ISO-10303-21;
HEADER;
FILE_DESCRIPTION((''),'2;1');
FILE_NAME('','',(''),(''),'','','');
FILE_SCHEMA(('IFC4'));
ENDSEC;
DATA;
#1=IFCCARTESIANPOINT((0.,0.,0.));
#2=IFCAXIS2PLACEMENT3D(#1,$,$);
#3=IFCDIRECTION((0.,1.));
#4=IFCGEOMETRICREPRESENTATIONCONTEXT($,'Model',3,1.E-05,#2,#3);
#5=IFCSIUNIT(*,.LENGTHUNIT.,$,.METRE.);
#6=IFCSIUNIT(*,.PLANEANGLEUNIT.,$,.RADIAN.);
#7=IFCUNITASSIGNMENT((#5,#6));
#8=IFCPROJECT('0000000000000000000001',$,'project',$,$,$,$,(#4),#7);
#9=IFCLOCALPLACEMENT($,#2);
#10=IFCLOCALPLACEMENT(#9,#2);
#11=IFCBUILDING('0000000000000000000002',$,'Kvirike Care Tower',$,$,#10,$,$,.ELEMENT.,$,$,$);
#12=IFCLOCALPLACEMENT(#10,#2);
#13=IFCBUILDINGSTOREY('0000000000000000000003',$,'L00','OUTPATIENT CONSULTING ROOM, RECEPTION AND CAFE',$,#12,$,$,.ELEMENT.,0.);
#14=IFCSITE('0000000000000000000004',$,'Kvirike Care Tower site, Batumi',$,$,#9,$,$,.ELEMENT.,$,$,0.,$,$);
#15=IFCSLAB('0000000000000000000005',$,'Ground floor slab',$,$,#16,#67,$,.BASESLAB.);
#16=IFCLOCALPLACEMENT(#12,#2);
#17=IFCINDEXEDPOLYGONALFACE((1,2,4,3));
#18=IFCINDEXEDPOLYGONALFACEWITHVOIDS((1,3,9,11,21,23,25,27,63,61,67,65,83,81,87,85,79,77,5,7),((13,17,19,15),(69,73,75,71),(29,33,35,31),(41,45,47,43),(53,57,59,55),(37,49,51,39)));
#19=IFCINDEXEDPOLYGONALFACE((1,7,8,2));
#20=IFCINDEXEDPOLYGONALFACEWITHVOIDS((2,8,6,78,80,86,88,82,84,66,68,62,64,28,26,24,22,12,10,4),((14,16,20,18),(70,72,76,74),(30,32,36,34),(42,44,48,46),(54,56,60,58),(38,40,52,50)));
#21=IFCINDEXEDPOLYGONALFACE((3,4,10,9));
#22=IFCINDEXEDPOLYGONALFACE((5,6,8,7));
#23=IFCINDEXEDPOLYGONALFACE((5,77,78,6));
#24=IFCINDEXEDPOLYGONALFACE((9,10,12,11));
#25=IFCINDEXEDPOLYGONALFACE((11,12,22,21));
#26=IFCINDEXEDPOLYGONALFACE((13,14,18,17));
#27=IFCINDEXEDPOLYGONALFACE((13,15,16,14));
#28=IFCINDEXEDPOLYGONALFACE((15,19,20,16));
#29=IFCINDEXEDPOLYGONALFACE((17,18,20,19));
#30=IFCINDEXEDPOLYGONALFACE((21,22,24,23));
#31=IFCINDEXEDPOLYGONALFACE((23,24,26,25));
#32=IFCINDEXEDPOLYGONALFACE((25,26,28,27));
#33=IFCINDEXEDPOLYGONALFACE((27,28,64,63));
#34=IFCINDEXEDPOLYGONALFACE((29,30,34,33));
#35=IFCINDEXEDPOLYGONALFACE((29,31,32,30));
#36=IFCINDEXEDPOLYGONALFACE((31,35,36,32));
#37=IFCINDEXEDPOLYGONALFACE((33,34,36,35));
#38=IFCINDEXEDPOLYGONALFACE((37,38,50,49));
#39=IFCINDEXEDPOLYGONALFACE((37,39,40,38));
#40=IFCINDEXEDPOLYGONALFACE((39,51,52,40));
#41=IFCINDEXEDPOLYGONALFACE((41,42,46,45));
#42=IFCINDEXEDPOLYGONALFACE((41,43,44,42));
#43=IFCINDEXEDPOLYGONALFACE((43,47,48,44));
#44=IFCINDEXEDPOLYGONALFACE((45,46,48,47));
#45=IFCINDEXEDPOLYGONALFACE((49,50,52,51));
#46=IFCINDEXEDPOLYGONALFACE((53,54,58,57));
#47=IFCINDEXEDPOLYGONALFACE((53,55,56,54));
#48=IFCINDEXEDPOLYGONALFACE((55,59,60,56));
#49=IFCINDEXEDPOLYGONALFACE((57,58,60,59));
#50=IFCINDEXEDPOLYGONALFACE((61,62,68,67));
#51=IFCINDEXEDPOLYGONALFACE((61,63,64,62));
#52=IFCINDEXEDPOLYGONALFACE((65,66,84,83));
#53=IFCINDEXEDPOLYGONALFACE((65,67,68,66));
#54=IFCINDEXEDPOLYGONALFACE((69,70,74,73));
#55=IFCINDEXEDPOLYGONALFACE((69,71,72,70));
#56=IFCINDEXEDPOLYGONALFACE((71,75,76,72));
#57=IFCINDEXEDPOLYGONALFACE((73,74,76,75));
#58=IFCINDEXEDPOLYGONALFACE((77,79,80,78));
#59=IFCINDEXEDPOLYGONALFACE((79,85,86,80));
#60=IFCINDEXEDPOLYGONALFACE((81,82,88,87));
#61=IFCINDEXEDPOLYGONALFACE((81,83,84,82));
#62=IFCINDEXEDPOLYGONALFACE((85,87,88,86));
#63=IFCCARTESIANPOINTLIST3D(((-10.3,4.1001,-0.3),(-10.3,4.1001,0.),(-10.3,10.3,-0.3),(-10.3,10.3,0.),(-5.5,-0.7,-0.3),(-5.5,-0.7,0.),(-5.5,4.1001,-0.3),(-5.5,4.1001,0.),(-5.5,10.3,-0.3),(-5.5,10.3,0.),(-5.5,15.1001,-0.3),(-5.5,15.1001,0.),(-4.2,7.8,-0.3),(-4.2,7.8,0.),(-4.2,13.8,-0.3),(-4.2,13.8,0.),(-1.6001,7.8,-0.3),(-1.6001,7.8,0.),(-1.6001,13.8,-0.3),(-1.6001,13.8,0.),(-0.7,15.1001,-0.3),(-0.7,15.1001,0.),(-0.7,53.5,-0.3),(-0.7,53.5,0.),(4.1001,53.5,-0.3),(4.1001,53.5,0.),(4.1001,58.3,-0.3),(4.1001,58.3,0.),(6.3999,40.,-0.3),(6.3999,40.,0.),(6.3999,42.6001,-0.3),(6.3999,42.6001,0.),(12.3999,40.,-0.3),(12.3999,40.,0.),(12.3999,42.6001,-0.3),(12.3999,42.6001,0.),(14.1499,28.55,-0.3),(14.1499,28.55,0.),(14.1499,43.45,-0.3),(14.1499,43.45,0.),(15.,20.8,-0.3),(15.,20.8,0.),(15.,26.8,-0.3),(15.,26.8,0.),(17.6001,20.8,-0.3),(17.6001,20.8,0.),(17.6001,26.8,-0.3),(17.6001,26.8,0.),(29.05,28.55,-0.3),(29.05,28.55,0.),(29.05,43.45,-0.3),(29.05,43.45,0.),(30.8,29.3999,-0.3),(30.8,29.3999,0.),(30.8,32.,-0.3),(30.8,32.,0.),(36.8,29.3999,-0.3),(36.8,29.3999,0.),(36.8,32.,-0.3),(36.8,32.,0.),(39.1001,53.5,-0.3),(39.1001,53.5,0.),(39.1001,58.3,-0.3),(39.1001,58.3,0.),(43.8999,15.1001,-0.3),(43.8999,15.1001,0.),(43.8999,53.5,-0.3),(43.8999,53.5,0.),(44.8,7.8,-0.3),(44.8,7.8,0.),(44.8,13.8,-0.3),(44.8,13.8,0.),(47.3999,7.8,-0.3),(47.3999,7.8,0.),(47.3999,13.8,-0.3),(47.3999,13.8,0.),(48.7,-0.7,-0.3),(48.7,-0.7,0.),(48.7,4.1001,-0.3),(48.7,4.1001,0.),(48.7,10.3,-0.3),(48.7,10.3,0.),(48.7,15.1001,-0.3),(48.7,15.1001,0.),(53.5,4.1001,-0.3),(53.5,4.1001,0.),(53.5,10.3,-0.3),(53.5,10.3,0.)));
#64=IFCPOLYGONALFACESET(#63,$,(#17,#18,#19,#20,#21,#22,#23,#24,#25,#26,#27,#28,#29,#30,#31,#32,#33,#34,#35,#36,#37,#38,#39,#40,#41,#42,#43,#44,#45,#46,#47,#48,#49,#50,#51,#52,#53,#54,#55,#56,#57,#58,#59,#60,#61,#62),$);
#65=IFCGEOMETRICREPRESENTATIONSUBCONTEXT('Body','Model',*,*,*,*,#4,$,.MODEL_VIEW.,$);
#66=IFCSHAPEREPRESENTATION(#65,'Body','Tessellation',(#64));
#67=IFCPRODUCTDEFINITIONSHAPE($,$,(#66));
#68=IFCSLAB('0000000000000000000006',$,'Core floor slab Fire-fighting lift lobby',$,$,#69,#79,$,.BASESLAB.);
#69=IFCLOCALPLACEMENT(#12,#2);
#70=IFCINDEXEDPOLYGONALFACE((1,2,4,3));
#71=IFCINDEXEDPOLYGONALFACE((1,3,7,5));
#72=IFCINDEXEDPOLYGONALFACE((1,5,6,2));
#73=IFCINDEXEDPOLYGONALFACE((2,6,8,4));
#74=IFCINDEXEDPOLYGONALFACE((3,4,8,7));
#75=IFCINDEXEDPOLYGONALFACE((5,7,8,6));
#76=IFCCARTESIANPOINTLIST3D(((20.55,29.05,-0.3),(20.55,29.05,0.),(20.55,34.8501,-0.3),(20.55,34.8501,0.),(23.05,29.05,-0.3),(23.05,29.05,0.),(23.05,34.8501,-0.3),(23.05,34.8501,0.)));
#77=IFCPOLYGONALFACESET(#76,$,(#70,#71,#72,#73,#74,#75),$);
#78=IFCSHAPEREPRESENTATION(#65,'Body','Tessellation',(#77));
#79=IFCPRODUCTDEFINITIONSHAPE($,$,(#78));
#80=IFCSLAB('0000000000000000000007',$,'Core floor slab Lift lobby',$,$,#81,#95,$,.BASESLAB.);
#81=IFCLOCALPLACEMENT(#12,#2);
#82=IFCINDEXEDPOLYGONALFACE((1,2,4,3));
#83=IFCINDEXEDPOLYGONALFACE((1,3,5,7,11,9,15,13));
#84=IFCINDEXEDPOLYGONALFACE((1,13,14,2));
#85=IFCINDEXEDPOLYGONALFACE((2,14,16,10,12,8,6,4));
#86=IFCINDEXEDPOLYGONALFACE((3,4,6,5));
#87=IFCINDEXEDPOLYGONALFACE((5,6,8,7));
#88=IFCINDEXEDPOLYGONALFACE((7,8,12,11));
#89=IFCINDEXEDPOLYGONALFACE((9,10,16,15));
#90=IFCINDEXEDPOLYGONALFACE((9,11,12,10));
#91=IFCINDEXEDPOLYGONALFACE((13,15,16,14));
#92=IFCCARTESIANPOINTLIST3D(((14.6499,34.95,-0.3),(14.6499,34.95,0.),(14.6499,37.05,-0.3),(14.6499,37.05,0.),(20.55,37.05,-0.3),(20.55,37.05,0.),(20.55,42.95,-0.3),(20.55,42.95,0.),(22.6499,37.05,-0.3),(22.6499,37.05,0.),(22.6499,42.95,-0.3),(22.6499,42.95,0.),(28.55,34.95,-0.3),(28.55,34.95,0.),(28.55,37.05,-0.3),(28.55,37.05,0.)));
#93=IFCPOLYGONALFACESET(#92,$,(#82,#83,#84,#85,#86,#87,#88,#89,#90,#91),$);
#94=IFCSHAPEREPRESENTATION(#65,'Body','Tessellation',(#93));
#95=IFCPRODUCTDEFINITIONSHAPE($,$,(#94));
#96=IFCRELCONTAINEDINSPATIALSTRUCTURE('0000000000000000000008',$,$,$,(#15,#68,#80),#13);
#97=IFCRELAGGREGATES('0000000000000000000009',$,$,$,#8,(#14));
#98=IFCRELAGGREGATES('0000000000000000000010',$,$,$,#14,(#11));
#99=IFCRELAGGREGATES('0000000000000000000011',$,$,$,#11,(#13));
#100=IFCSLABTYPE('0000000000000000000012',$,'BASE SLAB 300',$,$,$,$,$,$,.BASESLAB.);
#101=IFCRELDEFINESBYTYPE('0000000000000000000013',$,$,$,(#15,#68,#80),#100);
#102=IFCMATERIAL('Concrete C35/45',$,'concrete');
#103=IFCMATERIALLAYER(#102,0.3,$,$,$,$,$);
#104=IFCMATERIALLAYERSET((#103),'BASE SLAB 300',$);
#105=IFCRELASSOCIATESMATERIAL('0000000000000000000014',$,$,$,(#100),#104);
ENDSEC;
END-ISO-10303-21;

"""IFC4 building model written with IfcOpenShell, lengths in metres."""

from ifc_helpers import new_model, si_unit, direction, frame, origin, place, context, subcontext, project, spatial, polyline, outline, extrude, material, layer, layer_set, type_object, element, save


model = new_model("IFC4")

# Units and contexts
model_context = context("Model", 3, precision=1e-05, world=origin(), true_north=direction((0.0, 1.0)))
body_context = subcontext(model_context, "Body", "Model", "MODEL_VIEW")
ifc_project = project(units=[si_unit("LENGTHUNIT", "METRE"), si_unit("PLANEANGLEUNIT", "RADIAN")], contexts=[model_context])

# Site, building, storey
site_placement = place(None, origin())
site = spatial("IfcSite", under=ifc_project, at=site_placement, Name="Kvirike Care Tower site, Batumi", CompositionType="ELEMENT", RefElevation=0.0)
building_placement = place(site_placement, origin())
building = spatial("IfcBuilding", under=site, at=building_placement, Name="Kvirike Care Tower", CompositionType="ELEMENT")
storey_placement = place(building_placement, origin())
storey = spatial("IfcBuildingStorey", under=building, at=storey_placement, Name="L00", Description="OUTPATIENT CONSULTING ROOM, RECEPTION AND CAFE", CompositionType="ELEMENT", Elevation=0.0)

# Slabs
ifc_material_1 = material(Name="Concrete C35/45", Category="concrete")
ifc_layer_1 = layer(ifc_material_1, 0.3)
ifc_layer_set_1 = layer_set([ifc_layer_1], Name="BASE SLAB 300")
slab_type = type_object("IfcSlabType", Name="BASE SLAB 300", PredefinedType="BASESLAB", material=ifc_layer_set_1)
slab_1_placement = place(storey_placement, frame((0.0, 0.0, -0.3)))
element("IfcSlab", 1, at=slab_1_placement, inside=storey, type_object=slab_type, Name="Ground floor slab", PredefinedType="BASESLAB", context=body_context, shape_type="SweptSolid", body=[
    extrude(outline(polyline([(-0.7, 15.1001), (-5.5, 15.1001), (-5.5, 10.3), (-10.3, 10.3), (-10.3, 4.1001), (-5.5, 4.1001), (-5.5, -0.7), (48.7, -0.7), (48.7, 4.1001), (53.5, 4.1001), (53.5, 10.3), (48.7, 10.3), (48.7, 15.1001), (43.8999, 15.1001), (43.8999, 53.5), (39.1001, 53.5), (39.1001, 58.3), (4.1001, 58.3), (4.1001, 53.5), (-0.7, 53.5), (-0.7, 15.1001)]), holes=[polyline([(29.05, 43.45), (29.05, 28.55), (14.1499, 28.55), (14.1499, 43.45), (29.05, 43.45)]), polyline([(6.3999, 42.6001), (12.3999, 42.6001), (12.3999, 40.0), (6.3999, 40.0), (6.3999, 42.6001)]), polyline([(30.8, 29.3999), (30.8, 32.0), (36.8, 32.0), (36.8, 29.3999), (30.8, 29.3999)]), polyline([(-1.6001, 7.8), (-4.2, 7.8), (-4.2, 13.8), (-1.6001, 13.8), (-1.6001, 7.8)]), polyline([(44.8, 7.8), (44.8, 13.8), (47.3999, 13.8), (47.3999, 7.8), (44.8, 7.8)]), polyline([(15.0, 20.8), (15.0, 26.8), (17.6001, 26.8), (17.6001, 20.8), (15.0, 20.8)])]), origin(), (0.0, 0.0, 1.0), 0.3),
])
slab_2_placement = place(storey_placement, frame((0.0, 0.0, -0.3)))
element("IfcSlab", 2, at=slab_2_placement, inside=storey, type_object=slab_type, Name="Core floor slab Fire-fighting lift lobby", PredefinedType="BASESLAB", context=body_context, shape_type="SweptSolid", body=[
    extrude(outline(polyline([(23.05, 29.05), (23.05, 34.8501), (20.55, 34.8501), (20.55, 29.05), (23.05, 29.05)])), origin(), (0.0, 0.0, 1.0), 0.3),
])
slab_3_placement = place(storey_placement, frame((0.0, 0.0, -0.3)))
element("IfcSlab", 3, at=slab_3_placement, inside=storey, type_object=slab_type, Name="Core floor slab Lift lobby", PredefinedType="BASESLAB", context=body_context, shape_type="SweptSolid", body=[
    extrude(outline(polyline([(28.55, 37.05), (22.6499, 37.05), (22.6499, 42.95), (20.55, 42.95), (20.55, 37.05), (14.6499, 37.05), (14.6499, 34.95), (28.55, 34.95), (28.55, 37.05)])), origin(), (0.0, 0.0, 1.0), 0.3),
])

save(model, "model.ifc")
